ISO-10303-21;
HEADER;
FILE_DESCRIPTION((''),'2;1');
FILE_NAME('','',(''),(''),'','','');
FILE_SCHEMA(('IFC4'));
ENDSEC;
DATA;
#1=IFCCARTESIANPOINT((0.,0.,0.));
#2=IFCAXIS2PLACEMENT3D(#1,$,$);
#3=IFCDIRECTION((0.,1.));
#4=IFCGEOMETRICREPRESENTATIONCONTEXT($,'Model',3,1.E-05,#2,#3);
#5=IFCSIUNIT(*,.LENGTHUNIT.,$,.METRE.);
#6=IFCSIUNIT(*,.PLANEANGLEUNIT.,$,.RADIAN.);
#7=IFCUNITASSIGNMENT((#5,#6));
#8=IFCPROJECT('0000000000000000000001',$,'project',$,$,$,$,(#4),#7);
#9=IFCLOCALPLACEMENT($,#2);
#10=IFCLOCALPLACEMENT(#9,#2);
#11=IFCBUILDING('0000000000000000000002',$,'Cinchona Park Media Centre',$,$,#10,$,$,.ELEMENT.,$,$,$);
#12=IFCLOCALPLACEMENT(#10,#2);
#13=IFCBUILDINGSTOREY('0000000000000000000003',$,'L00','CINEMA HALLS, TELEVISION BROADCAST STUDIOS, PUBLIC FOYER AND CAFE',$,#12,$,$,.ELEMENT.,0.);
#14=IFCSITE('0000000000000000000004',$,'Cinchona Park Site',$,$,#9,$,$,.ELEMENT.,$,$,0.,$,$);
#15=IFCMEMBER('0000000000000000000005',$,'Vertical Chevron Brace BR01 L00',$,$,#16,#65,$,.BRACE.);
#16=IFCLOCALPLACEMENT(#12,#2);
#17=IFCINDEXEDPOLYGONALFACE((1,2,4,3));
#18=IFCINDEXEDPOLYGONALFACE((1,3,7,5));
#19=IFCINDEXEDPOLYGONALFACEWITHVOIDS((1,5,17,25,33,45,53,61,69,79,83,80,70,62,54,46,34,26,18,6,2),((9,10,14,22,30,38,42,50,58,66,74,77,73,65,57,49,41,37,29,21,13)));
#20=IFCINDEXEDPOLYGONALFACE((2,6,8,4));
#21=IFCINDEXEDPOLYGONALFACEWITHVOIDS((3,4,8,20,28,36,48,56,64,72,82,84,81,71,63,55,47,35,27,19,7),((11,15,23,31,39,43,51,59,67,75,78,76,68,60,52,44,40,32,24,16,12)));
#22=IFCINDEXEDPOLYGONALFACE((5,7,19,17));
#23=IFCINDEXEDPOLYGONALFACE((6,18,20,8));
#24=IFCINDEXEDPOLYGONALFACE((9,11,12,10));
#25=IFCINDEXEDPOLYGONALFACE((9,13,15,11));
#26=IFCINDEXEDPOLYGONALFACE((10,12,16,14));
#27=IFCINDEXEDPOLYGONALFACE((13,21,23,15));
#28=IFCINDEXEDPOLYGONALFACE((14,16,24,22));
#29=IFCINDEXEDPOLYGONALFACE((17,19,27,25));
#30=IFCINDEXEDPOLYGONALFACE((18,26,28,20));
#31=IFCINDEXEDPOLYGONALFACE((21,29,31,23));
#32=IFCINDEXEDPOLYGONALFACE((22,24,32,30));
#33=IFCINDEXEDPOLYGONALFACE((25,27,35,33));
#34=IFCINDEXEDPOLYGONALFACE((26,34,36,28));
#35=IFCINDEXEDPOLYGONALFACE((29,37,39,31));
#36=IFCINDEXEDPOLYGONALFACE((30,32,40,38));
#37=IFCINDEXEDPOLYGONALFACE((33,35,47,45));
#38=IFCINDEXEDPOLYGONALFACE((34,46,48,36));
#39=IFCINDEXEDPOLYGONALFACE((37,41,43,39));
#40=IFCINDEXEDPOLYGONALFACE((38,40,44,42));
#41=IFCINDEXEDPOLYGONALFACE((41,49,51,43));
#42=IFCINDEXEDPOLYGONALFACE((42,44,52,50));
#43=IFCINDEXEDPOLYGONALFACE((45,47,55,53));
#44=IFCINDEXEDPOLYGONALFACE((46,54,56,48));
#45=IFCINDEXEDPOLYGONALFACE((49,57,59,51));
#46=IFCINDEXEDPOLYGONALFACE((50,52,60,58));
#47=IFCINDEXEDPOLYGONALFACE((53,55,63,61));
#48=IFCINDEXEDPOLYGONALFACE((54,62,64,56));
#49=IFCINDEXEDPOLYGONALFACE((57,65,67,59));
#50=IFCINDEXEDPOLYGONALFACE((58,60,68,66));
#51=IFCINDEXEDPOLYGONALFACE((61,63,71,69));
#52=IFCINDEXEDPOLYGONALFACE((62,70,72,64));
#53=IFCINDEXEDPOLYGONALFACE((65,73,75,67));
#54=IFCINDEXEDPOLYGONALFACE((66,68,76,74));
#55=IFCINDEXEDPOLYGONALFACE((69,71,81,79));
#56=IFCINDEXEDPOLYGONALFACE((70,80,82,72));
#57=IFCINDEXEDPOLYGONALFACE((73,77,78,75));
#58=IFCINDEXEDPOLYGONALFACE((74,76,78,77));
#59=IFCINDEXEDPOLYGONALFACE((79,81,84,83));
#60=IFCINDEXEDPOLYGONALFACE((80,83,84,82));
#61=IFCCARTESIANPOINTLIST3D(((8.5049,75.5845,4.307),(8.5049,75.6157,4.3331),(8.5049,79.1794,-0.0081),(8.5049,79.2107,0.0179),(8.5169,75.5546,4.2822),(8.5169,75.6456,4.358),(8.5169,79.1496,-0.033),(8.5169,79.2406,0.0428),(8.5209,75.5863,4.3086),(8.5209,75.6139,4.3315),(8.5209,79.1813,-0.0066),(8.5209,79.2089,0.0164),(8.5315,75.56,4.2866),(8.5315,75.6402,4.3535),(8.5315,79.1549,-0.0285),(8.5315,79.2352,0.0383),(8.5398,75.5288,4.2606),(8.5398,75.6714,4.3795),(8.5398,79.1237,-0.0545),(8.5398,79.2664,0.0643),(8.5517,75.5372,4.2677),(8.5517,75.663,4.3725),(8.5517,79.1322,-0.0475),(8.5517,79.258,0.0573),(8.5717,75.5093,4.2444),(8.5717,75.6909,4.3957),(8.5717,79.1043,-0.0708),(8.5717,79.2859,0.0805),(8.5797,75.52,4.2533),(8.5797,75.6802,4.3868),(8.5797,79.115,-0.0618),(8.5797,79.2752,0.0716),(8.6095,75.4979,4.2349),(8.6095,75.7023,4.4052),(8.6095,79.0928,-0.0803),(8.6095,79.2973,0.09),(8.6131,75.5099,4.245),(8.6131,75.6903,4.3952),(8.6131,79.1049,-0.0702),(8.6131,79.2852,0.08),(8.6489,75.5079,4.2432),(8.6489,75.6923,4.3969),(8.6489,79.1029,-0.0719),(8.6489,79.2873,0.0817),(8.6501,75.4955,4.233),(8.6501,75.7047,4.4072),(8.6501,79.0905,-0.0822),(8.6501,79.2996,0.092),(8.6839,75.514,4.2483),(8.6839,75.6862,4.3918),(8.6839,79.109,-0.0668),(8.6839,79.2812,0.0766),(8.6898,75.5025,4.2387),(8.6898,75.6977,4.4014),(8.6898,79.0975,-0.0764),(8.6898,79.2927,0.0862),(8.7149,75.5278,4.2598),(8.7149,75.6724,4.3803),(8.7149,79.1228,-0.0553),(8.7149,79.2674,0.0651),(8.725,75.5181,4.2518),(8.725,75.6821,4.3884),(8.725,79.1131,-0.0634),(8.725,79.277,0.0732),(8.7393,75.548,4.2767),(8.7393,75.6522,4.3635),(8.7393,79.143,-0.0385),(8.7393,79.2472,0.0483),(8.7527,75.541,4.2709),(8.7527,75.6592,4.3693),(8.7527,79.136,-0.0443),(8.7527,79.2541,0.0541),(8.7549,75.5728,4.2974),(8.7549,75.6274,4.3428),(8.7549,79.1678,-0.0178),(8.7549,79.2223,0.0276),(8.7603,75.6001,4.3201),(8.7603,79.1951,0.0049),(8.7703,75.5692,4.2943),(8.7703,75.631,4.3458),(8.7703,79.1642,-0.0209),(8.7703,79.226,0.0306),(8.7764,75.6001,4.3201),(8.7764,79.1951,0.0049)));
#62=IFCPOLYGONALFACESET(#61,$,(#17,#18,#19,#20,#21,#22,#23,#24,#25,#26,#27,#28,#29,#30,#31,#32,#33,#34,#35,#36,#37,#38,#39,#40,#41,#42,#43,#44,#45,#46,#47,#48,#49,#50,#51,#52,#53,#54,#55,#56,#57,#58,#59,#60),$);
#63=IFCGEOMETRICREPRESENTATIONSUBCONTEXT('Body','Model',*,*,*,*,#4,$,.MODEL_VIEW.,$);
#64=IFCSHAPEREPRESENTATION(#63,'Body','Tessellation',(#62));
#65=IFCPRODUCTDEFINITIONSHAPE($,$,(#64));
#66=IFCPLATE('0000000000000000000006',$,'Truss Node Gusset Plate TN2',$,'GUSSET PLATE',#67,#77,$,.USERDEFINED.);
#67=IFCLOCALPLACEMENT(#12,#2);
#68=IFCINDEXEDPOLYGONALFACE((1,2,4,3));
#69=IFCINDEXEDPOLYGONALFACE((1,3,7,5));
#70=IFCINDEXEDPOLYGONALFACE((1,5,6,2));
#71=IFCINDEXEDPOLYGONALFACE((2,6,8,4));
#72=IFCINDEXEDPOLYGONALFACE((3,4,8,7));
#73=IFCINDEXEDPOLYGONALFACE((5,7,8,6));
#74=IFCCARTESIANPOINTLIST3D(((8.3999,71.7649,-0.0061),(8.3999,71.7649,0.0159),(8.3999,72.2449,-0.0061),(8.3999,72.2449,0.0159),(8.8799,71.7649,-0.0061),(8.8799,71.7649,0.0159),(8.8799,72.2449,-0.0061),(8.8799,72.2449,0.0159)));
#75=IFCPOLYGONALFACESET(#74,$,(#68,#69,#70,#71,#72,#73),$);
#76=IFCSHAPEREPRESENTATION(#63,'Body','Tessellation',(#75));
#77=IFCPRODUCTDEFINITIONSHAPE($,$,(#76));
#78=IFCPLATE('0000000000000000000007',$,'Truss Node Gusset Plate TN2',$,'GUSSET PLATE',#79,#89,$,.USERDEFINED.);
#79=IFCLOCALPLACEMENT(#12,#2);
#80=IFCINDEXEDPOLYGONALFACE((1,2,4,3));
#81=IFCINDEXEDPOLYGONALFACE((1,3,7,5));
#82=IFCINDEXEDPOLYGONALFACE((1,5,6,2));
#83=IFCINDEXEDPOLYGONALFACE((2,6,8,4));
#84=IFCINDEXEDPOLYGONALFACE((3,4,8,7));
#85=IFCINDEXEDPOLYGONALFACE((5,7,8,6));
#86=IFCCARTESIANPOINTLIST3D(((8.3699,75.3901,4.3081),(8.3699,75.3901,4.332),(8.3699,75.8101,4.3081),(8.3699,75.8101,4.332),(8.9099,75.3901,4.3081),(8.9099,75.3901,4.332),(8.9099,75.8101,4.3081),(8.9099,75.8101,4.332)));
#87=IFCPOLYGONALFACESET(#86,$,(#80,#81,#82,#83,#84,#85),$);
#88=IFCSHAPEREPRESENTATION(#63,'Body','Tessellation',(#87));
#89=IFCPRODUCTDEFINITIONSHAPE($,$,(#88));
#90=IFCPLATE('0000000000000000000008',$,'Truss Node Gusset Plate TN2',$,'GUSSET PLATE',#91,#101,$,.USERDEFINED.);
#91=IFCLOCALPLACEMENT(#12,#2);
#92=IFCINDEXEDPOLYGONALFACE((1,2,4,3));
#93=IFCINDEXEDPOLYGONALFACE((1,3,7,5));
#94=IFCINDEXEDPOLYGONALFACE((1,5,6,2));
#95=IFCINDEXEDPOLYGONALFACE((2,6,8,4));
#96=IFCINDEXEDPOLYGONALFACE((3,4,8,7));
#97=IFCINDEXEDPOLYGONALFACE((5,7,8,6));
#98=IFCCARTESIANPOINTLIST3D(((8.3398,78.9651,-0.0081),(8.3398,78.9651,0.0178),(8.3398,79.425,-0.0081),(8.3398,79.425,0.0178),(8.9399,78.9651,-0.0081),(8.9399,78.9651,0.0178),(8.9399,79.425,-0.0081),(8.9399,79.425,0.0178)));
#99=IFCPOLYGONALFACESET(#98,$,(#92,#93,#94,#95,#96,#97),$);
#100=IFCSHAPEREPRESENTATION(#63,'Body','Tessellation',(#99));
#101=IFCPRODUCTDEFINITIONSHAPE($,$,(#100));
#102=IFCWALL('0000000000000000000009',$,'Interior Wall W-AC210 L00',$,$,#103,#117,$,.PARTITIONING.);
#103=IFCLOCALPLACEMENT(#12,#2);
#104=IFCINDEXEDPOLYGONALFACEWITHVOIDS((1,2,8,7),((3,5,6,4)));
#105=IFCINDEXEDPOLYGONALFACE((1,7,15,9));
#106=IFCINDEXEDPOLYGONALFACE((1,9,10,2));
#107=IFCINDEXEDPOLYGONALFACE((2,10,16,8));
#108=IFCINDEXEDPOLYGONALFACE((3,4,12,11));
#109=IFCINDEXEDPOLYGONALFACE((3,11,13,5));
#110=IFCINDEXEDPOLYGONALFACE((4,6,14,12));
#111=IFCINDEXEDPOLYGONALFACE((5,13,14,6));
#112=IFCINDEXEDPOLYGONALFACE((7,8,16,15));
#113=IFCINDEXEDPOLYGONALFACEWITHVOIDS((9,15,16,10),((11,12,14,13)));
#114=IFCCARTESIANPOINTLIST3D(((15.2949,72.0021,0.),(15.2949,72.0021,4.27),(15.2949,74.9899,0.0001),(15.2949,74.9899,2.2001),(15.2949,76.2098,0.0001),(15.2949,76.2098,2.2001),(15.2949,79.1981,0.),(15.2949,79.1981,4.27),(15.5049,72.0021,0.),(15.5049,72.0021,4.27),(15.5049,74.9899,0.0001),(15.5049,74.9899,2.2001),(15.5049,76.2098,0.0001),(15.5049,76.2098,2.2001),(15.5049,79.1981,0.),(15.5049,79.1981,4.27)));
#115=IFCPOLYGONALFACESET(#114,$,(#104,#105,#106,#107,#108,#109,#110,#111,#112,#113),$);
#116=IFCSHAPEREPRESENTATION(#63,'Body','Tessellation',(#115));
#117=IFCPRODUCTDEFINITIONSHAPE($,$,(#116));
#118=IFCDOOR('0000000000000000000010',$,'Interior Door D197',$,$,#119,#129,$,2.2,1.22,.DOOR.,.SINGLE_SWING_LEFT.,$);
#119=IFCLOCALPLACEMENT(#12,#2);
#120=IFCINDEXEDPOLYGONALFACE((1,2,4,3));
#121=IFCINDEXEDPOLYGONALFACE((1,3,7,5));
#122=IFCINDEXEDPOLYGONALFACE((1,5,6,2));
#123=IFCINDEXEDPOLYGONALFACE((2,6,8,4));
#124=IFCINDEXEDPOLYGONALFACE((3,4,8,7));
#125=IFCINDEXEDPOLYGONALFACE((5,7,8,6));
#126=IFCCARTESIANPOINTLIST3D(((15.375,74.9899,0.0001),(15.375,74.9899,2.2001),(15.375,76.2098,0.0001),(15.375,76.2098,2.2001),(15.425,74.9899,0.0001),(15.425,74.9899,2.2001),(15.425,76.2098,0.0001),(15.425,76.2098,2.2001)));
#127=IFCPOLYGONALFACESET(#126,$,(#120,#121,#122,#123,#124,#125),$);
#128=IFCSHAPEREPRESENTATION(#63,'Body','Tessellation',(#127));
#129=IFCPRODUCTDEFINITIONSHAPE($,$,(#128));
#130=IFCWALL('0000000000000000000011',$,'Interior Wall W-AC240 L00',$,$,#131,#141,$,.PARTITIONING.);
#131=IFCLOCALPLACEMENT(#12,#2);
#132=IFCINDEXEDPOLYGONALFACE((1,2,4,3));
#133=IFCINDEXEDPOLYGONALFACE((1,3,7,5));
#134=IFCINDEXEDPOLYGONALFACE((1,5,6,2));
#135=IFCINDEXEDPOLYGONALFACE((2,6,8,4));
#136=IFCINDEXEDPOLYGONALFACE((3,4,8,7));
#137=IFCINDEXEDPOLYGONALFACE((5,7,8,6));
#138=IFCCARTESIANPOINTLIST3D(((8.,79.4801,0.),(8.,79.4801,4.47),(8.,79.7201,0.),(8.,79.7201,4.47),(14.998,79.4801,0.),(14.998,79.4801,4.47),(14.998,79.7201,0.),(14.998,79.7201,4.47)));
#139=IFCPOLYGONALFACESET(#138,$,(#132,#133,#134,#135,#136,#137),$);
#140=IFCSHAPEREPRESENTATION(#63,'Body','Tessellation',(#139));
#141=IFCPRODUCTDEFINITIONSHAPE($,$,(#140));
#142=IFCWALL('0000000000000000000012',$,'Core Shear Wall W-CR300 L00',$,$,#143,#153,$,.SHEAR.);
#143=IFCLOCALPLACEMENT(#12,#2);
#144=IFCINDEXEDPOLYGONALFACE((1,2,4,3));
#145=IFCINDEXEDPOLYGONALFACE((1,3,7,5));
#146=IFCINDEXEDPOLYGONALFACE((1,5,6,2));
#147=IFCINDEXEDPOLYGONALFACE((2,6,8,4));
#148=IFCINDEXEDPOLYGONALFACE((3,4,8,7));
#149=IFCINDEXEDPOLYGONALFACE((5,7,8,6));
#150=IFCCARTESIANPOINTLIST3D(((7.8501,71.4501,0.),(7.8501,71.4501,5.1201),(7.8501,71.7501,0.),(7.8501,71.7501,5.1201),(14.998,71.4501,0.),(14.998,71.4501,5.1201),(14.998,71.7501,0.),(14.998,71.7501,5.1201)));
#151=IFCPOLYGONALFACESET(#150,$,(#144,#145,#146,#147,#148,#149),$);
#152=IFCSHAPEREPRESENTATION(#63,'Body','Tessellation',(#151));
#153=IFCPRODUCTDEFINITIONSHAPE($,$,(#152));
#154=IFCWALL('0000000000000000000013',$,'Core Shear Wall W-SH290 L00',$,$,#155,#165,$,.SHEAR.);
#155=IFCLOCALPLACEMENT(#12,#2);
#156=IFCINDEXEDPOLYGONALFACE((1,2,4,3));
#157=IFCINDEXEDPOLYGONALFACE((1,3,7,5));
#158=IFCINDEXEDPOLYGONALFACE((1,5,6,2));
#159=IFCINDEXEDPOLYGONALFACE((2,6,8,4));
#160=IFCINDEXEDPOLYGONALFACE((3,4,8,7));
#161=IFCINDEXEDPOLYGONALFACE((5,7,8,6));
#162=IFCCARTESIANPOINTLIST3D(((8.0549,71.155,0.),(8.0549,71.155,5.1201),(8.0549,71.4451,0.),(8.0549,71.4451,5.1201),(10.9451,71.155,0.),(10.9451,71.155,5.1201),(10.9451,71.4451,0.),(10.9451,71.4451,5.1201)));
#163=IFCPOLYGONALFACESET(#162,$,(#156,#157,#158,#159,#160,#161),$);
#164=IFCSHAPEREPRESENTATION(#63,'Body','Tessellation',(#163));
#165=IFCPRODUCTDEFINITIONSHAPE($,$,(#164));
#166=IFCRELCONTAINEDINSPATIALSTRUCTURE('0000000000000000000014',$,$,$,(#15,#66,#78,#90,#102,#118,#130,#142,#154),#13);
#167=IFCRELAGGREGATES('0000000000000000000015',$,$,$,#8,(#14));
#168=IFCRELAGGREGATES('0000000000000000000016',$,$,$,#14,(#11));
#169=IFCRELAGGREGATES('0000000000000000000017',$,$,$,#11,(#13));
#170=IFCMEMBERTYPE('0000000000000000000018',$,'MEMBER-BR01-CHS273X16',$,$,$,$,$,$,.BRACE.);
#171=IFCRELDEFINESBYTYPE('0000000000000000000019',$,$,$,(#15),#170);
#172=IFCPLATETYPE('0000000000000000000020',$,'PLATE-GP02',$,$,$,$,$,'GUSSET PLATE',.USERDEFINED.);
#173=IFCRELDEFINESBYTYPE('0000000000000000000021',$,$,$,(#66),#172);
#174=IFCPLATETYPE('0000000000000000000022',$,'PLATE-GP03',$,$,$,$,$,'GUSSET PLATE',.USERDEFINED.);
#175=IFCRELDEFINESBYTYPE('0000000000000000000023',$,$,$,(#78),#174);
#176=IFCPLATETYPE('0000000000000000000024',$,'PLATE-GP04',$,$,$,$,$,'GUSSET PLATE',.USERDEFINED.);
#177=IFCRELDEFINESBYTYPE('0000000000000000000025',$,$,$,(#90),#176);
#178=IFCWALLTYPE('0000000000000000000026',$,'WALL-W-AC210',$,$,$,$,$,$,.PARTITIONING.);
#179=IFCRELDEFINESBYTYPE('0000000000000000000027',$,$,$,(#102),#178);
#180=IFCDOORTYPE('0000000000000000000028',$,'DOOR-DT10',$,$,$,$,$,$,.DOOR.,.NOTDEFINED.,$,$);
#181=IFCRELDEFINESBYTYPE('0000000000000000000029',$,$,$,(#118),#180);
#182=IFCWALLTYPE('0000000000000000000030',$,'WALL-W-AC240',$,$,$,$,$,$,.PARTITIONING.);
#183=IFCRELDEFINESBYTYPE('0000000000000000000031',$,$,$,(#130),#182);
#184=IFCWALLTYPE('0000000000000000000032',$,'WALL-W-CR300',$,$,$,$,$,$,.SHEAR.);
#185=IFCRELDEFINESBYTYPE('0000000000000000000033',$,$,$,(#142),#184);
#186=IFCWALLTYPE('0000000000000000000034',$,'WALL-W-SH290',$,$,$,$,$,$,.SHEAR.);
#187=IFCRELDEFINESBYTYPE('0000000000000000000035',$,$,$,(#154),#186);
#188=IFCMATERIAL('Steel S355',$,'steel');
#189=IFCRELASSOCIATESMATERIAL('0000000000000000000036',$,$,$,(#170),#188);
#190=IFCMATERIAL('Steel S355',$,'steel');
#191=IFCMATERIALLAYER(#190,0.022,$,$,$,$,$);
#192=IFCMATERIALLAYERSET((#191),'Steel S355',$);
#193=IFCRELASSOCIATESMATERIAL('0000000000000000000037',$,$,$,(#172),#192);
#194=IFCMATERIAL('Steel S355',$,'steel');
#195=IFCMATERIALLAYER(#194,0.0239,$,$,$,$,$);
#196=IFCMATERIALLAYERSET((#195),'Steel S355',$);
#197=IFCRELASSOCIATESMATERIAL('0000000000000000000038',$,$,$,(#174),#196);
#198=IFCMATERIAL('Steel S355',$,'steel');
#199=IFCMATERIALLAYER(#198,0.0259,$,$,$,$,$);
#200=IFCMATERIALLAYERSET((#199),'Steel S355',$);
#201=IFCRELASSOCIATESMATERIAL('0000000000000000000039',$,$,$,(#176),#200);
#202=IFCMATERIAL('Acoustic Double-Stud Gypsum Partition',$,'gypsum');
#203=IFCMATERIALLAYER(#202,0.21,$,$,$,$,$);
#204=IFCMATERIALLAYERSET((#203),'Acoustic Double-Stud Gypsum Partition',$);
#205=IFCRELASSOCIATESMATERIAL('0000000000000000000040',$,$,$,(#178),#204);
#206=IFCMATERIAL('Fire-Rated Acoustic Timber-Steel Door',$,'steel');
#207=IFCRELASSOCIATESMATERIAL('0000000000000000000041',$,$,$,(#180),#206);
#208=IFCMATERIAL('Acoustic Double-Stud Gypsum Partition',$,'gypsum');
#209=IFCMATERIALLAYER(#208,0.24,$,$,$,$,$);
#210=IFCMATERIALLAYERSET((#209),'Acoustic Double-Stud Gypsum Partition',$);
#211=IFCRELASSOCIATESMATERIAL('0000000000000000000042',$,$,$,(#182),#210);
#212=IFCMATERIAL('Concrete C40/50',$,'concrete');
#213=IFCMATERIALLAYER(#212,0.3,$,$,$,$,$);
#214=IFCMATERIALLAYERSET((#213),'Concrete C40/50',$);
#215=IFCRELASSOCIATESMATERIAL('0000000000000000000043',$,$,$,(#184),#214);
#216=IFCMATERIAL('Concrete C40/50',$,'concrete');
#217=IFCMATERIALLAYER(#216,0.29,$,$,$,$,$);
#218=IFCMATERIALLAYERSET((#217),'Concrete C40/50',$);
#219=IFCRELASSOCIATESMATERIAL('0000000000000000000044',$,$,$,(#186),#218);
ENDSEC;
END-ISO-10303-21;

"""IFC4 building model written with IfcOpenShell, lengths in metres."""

from ifc_helpers import new_model, si_unit, direction, frame, frame_2d, origin, origin_2d, place, context, subcontext, project, spatial, rectangle, hollow_circle, extrude, material, layer, layer_set, material_profile, profile_set, type_object, element, fill, save


model = new_model("IFC4")

# Units and contexts
model_context = context("Model", 3, precision=1e-05, world=origin(), true_north=direction((0.0, 1.0)))
body_context = subcontext(model_context, "Body", "Model", "MODEL_VIEW")
ifc_project = project(units=[si_unit("LENGTHUNIT", "METRE"), si_unit("PLANEANGLEUNIT", "RADIAN")], contexts=[model_context])

# Site, building, storey
site_placement = place(None, origin())
site = spatial("IfcSite", under=ifc_project, at=site_placement, Name="Cinchona Park Site", CompositionType="ELEMENT", RefElevation=0.0)
building_placement = place(site_placement, origin())
building = spatial("IfcBuilding", under=site, at=building_placement, Name="Cinchona Park Media Centre", CompositionType="ELEMENT")
storey_placement = place(building_placement, origin())
storey = spatial("IfcBuildingStorey", under=building, at=storey_placement, Name="L00", Description="CINEMA HALLS, TELEVISION BROADCAST STUDIOS, PUBLIC FOYER AND CAFE", CompositionType="ELEMENT", Elevation=0.0)

# Member
ifc_material_1 = material(Name="Steel S355", Category="steel")
ifc_material_profile_1 = material_profile(ifc_material_1, hollow_circle(Radius=0.1365, WallThickness=0.0161, at=origin_2d()), Name="273X16CHS")
ifc_profile_set_1 = profile_set([ifc_material_profile_1], Name="Steel S355")
member_type = type_object("IfcMemberType", Name="MEMBER-BR01-CHS273X16", PredefinedType="BRACE", material=ifc_profile_set_1)
member_1_placement = place(storey_placement, frame((8.6399, 79.1951, 0.0049), z_axis=(0.0, -0.640078, 0.76831), x_axis=(1.0, 0.0, 0.0)))
element("IfcMember", 1, at=member_1_placement, inside=storey, type_object=member_type, Name="Vertical Chevron Brace BR01 L00", PredefinedType="BRACE", context=body_context, shape_type="SweptSolid", body=[
    extrude(hollow_circle(Radius=0.1365, WallThickness=0.0161, at=origin_2d()), origin(), (0.0, 0.0, 1.0), 5.6165),
])

# Plates
ifc_material_2 = material(Name="Steel S355", Category="steel")
ifc_layer_1 = layer(ifc_material_2, 0.022)
ifc_layer_set_1 = layer_set([ifc_layer_1], Name="Steel S355")
plate_type_1 = type_object("IfcPlateType", Name="PLATE-GP02", ElementType="GUSSET PLATE", PredefinedType="USERDEFINED", material=ifc_layer_set_1)
plate_1_placement = place(storey_placement, frame((8.6399, 72.0049, -0.0061), z_axis=(0.0, 0.0, 1.0), x_axis=(1.0, 0.0, 0.0)))
element("IfcPlate", 2, at=plate_1_placement, inside=storey, type_object=plate_type_1, Name="Truss Node Gusset Plate TN2", ObjectType="GUSSET PLATE", PredefinedType="USERDEFINED", context=body_context, shape_type="SweptSolid", body=[
    extrude(rectangle(XDim=0.48, YDim=0.48, at=origin_2d()), origin(), (0.0, 0.0, 1.0), 0.022),
])
ifc_material_3 = material(Name="Steel S355", Category="steel")
ifc_layer_2 = layer(ifc_material_3, 0.0239)
ifc_layer_set_2 = layer_set([ifc_layer_2], Name="Steel S355")
plate_type_2 = type_object("IfcPlateType", Name="PLATE-GP03", ElementType="GUSSET PLATE", PredefinedType="USERDEFINED", material=ifc_layer_set_2)
plate_2_placement = place(storey_placement, frame((8.6399, 75.6001, 4.3081), z_axis=(0.0, 0.0, 1.0), x_axis=(1.0, 0.0, 0.0)))
element("IfcPlate", 3, at=plate_2_placement, inside=storey, type_object=plate_type_2, Name="Truss Node Gusset Plate TN2", ObjectType="GUSSET PLATE", PredefinedType="USERDEFINED", context=body_context, shape_type="SweptSolid", body=[
    extrude(rectangle(XDim=0.54, YDim=0.4199, at=origin_2d()), origin(), (0.0, 0.0, 1.0), 0.0239),
])
ifc_material_4 = material(Name="Steel S355", Category="steel")
ifc_layer_3 = layer(ifc_material_4, 0.0259)
ifc_layer_set_3 = layer_set([ifc_layer_3], Name="Steel S355")
plate_type_3 = type_object("IfcPlateType", Name="PLATE-GP04", ElementType="GUSSET PLATE", PredefinedType="USERDEFINED", material=ifc_layer_set_3)
plate_3_placement = place(storey_placement, frame((8.6399, 79.1951, -0.0081), z_axis=(0.0, 0.0, 1.0), x_axis=(1.0, 0.0, 0.0)))
element("IfcPlate", 4, at=plate_3_placement, inside=storey, type_object=plate_type_3, Name="Truss Node Gusset Plate TN2", ObjectType="GUSSET PLATE", PredefinedType="USERDEFINED", context=body_context, shape_type="SweptSolid", body=[
    extrude(rectangle(XDim=0.6001, YDim=0.46, at=origin_2d()), origin(), (0.0, 0.0, 1.0), 0.0259),
])

# Wall, opening, door
ifc_material_5 = material(Name="Acoustic Double-Stud Gypsum Partition", Category="gypsum")
ifc_layer_4 = layer(ifc_material_5, 0.21)
ifc_layer_set_4 = layer_set([ifc_layer_4], Name="Acoustic Double-Stud Gypsum Partition")
wall_type_1 = type_object("IfcWallType", Name="WALL-W-AC210", PredefinedType="PARTITIONING", material=ifc_layer_set_4)
wall_1_placement = place(storey_placement, frame((15.3999, 72.002, 0.0), z_axis=(0.0, 0.0, 1.0), x_axis=(0.0, 1.0, 0.0)))
wall_1 = element("IfcWall", 5, at=wall_1_placement, inside=storey, type_object=wall_type_1, Name="Interior Wall W-AC210 L00", PredefinedType="PARTITIONING", context=body_context, shape_type="SweptSolid", body=[
    extrude(rectangle(XDim=7.196, YDim=0.21, at=frame_2d((3.5981, 0.0))), origin(), (0.0, 0.0, 1.0), 4.27),
])
opening_1_placement = place(wall_1_placement, frame((2.988, 0.0, 0.0)))
opening_1 = element("IfcOpeningElement", 6, at=opening_1_placement, cuts=wall_1, PredefinedType="OPENING", context=body_context, shape_type="SweptSolid", body=[
    extrude(rectangle(XDim=1.22, YDim=2.2, at=frame_2d((0.6099, 1.1001))), frame((0.0, 0.115, 0.0), z_axis=(0.0, -1.0, 0.0), x_axis=(1.0, 0.0, 0.0)), (0.0, 0.0, 1.0), 0.23),
])
ifc_material_6 = material(Name="Fire-Rated Acoustic Timber-Steel Door", Category="steel")
door_type_1 = type_object("IfcDoorType", Name="DOOR-DT10", OperationType="NOTDEFINED", PredefinedType="DOOR", material=ifc_material_6)
door_1_placement = place(opening_1_placement, origin())
door_1 = element("IfcDoor", 7, at=door_1_placement, inside=storey, type_object=door_type_1, Name="Interior Door D197", OperationType="SINGLE_SWING_LEFT", OverallHeight=2.2, OverallWidth=1.22, PredefinedType="DOOR", context=body_context, shape_type="SweptSolid", body=[
    extrude(rectangle(XDim=1.22, YDim=2.2, at=frame_2d((0.6099, 1.1001))), frame((0.0, 0.0249, 0.0), z_axis=(0.0, -1.0, 0.0), x_axis=(1.0, 0.0, 0.0)), (0.0, 0.0, 1.0), 0.05),
])
fill(opening_1, door_1)

# Walls
ifc_material_7 = material(Name="Acoustic Double-Stud Gypsum Partition", Category="gypsum")
ifc_layer_5 = layer(ifc_material_7, 0.24)
ifc_layer_set_5 = layer_set([ifc_layer_5], Name="Acoustic Double-Stud Gypsum Partition")
wall_type_2 = type_object("IfcWallType", Name="WALL-W-AC240", PredefinedType="PARTITIONING", material=ifc_layer_set_5)
wall_2_placement = place(storey_placement, frame((8.0, 79.6001, 0.0), z_axis=(0.0, 0.0, 1.0), x_axis=(1.0, 0.0, 0.0)))
element("IfcWall", 8, at=wall_2_placement, inside=storey, type_object=wall_type_2, Name="Interior Wall W-AC240 L00", PredefinedType="PARTITIONING", context=body_context, shape_type="SweptSolid", body=[
    extrude(rectangle(XDim=6.998, YDim=0.24, at=frame_2d((3.499, 0.0))), origin(), (0.0, 0.0, 1.0), 4.47),
])
ifc_material_8 = material(Name="Concrete C40/50", Category="concrete")
ifc_layer_6 = layer(ifc_material_8, 0.3)
ifc_layer_set_6 = layer_set([ifc_layer_6], Name="Concrete C40/50")
wall_type_3 = type_object("IfcWallType", Name="WALL-W-CR300", PredefinedType="SHEAR", material=ifc_layer_set_6)
wall_3_placement = place(storey_placement, frame((7.8501, 71.6001, 0.0), z_axis=(0.0, 0.0, 1.0), x_axis=(1.0, 0.0, 0.0)))
element("IfcWall", 9, at=wall_3_placement, inside=storey, type_object=wall_type_3, Name="Core Shear Wall W-CR300 L00", PredefinedType="SHEAR", context=body_context, shape_type="SweptSolid", body=[
    extrude(rectangle(XDim=7.1479, YDim=0.3, at=frame_2d((3.574, 0.0))), origin(), (0.0, 0.0, 1.0), 5.1201),
])
ifc_material_9 = material(Name="Concrete C40/50", Category="concrete")
ifc_layer_7 = layer(ifc_material_9, 0.29)
ifc_layer_set_7 = layer_set([ifc_layer_7], Name="Concrete C40/50")
wall_type_4 = type_object("IfcWallType", Name="WALL-W-SH290", PredefinedType="SHEAR", material=ifc_layer_set_7)
wall_4_placement = place(storey_placement, frame((8.0549, 71.3, 0.0), z_axis=(0.0, 0.0, 1.0), x_axis=(1.0, 0.0, 0.0)))
element("IfcWall", 10, at=wall_4_placement, inside=storey, type_object=wall_type_4, Name="Core Shear Wall W-SH290 L00", PredefinedType="SHEAR", context=body_context, shape_type="SweptSolid", body=[
    extrude(rectangle(XDim=2.8901, YDim=0.29, at=frame_2d((1.4451, 0.0))), origin(), (0.0, 0.0, 1.0), 5.1201),
])

save(model, "model.ifc")
